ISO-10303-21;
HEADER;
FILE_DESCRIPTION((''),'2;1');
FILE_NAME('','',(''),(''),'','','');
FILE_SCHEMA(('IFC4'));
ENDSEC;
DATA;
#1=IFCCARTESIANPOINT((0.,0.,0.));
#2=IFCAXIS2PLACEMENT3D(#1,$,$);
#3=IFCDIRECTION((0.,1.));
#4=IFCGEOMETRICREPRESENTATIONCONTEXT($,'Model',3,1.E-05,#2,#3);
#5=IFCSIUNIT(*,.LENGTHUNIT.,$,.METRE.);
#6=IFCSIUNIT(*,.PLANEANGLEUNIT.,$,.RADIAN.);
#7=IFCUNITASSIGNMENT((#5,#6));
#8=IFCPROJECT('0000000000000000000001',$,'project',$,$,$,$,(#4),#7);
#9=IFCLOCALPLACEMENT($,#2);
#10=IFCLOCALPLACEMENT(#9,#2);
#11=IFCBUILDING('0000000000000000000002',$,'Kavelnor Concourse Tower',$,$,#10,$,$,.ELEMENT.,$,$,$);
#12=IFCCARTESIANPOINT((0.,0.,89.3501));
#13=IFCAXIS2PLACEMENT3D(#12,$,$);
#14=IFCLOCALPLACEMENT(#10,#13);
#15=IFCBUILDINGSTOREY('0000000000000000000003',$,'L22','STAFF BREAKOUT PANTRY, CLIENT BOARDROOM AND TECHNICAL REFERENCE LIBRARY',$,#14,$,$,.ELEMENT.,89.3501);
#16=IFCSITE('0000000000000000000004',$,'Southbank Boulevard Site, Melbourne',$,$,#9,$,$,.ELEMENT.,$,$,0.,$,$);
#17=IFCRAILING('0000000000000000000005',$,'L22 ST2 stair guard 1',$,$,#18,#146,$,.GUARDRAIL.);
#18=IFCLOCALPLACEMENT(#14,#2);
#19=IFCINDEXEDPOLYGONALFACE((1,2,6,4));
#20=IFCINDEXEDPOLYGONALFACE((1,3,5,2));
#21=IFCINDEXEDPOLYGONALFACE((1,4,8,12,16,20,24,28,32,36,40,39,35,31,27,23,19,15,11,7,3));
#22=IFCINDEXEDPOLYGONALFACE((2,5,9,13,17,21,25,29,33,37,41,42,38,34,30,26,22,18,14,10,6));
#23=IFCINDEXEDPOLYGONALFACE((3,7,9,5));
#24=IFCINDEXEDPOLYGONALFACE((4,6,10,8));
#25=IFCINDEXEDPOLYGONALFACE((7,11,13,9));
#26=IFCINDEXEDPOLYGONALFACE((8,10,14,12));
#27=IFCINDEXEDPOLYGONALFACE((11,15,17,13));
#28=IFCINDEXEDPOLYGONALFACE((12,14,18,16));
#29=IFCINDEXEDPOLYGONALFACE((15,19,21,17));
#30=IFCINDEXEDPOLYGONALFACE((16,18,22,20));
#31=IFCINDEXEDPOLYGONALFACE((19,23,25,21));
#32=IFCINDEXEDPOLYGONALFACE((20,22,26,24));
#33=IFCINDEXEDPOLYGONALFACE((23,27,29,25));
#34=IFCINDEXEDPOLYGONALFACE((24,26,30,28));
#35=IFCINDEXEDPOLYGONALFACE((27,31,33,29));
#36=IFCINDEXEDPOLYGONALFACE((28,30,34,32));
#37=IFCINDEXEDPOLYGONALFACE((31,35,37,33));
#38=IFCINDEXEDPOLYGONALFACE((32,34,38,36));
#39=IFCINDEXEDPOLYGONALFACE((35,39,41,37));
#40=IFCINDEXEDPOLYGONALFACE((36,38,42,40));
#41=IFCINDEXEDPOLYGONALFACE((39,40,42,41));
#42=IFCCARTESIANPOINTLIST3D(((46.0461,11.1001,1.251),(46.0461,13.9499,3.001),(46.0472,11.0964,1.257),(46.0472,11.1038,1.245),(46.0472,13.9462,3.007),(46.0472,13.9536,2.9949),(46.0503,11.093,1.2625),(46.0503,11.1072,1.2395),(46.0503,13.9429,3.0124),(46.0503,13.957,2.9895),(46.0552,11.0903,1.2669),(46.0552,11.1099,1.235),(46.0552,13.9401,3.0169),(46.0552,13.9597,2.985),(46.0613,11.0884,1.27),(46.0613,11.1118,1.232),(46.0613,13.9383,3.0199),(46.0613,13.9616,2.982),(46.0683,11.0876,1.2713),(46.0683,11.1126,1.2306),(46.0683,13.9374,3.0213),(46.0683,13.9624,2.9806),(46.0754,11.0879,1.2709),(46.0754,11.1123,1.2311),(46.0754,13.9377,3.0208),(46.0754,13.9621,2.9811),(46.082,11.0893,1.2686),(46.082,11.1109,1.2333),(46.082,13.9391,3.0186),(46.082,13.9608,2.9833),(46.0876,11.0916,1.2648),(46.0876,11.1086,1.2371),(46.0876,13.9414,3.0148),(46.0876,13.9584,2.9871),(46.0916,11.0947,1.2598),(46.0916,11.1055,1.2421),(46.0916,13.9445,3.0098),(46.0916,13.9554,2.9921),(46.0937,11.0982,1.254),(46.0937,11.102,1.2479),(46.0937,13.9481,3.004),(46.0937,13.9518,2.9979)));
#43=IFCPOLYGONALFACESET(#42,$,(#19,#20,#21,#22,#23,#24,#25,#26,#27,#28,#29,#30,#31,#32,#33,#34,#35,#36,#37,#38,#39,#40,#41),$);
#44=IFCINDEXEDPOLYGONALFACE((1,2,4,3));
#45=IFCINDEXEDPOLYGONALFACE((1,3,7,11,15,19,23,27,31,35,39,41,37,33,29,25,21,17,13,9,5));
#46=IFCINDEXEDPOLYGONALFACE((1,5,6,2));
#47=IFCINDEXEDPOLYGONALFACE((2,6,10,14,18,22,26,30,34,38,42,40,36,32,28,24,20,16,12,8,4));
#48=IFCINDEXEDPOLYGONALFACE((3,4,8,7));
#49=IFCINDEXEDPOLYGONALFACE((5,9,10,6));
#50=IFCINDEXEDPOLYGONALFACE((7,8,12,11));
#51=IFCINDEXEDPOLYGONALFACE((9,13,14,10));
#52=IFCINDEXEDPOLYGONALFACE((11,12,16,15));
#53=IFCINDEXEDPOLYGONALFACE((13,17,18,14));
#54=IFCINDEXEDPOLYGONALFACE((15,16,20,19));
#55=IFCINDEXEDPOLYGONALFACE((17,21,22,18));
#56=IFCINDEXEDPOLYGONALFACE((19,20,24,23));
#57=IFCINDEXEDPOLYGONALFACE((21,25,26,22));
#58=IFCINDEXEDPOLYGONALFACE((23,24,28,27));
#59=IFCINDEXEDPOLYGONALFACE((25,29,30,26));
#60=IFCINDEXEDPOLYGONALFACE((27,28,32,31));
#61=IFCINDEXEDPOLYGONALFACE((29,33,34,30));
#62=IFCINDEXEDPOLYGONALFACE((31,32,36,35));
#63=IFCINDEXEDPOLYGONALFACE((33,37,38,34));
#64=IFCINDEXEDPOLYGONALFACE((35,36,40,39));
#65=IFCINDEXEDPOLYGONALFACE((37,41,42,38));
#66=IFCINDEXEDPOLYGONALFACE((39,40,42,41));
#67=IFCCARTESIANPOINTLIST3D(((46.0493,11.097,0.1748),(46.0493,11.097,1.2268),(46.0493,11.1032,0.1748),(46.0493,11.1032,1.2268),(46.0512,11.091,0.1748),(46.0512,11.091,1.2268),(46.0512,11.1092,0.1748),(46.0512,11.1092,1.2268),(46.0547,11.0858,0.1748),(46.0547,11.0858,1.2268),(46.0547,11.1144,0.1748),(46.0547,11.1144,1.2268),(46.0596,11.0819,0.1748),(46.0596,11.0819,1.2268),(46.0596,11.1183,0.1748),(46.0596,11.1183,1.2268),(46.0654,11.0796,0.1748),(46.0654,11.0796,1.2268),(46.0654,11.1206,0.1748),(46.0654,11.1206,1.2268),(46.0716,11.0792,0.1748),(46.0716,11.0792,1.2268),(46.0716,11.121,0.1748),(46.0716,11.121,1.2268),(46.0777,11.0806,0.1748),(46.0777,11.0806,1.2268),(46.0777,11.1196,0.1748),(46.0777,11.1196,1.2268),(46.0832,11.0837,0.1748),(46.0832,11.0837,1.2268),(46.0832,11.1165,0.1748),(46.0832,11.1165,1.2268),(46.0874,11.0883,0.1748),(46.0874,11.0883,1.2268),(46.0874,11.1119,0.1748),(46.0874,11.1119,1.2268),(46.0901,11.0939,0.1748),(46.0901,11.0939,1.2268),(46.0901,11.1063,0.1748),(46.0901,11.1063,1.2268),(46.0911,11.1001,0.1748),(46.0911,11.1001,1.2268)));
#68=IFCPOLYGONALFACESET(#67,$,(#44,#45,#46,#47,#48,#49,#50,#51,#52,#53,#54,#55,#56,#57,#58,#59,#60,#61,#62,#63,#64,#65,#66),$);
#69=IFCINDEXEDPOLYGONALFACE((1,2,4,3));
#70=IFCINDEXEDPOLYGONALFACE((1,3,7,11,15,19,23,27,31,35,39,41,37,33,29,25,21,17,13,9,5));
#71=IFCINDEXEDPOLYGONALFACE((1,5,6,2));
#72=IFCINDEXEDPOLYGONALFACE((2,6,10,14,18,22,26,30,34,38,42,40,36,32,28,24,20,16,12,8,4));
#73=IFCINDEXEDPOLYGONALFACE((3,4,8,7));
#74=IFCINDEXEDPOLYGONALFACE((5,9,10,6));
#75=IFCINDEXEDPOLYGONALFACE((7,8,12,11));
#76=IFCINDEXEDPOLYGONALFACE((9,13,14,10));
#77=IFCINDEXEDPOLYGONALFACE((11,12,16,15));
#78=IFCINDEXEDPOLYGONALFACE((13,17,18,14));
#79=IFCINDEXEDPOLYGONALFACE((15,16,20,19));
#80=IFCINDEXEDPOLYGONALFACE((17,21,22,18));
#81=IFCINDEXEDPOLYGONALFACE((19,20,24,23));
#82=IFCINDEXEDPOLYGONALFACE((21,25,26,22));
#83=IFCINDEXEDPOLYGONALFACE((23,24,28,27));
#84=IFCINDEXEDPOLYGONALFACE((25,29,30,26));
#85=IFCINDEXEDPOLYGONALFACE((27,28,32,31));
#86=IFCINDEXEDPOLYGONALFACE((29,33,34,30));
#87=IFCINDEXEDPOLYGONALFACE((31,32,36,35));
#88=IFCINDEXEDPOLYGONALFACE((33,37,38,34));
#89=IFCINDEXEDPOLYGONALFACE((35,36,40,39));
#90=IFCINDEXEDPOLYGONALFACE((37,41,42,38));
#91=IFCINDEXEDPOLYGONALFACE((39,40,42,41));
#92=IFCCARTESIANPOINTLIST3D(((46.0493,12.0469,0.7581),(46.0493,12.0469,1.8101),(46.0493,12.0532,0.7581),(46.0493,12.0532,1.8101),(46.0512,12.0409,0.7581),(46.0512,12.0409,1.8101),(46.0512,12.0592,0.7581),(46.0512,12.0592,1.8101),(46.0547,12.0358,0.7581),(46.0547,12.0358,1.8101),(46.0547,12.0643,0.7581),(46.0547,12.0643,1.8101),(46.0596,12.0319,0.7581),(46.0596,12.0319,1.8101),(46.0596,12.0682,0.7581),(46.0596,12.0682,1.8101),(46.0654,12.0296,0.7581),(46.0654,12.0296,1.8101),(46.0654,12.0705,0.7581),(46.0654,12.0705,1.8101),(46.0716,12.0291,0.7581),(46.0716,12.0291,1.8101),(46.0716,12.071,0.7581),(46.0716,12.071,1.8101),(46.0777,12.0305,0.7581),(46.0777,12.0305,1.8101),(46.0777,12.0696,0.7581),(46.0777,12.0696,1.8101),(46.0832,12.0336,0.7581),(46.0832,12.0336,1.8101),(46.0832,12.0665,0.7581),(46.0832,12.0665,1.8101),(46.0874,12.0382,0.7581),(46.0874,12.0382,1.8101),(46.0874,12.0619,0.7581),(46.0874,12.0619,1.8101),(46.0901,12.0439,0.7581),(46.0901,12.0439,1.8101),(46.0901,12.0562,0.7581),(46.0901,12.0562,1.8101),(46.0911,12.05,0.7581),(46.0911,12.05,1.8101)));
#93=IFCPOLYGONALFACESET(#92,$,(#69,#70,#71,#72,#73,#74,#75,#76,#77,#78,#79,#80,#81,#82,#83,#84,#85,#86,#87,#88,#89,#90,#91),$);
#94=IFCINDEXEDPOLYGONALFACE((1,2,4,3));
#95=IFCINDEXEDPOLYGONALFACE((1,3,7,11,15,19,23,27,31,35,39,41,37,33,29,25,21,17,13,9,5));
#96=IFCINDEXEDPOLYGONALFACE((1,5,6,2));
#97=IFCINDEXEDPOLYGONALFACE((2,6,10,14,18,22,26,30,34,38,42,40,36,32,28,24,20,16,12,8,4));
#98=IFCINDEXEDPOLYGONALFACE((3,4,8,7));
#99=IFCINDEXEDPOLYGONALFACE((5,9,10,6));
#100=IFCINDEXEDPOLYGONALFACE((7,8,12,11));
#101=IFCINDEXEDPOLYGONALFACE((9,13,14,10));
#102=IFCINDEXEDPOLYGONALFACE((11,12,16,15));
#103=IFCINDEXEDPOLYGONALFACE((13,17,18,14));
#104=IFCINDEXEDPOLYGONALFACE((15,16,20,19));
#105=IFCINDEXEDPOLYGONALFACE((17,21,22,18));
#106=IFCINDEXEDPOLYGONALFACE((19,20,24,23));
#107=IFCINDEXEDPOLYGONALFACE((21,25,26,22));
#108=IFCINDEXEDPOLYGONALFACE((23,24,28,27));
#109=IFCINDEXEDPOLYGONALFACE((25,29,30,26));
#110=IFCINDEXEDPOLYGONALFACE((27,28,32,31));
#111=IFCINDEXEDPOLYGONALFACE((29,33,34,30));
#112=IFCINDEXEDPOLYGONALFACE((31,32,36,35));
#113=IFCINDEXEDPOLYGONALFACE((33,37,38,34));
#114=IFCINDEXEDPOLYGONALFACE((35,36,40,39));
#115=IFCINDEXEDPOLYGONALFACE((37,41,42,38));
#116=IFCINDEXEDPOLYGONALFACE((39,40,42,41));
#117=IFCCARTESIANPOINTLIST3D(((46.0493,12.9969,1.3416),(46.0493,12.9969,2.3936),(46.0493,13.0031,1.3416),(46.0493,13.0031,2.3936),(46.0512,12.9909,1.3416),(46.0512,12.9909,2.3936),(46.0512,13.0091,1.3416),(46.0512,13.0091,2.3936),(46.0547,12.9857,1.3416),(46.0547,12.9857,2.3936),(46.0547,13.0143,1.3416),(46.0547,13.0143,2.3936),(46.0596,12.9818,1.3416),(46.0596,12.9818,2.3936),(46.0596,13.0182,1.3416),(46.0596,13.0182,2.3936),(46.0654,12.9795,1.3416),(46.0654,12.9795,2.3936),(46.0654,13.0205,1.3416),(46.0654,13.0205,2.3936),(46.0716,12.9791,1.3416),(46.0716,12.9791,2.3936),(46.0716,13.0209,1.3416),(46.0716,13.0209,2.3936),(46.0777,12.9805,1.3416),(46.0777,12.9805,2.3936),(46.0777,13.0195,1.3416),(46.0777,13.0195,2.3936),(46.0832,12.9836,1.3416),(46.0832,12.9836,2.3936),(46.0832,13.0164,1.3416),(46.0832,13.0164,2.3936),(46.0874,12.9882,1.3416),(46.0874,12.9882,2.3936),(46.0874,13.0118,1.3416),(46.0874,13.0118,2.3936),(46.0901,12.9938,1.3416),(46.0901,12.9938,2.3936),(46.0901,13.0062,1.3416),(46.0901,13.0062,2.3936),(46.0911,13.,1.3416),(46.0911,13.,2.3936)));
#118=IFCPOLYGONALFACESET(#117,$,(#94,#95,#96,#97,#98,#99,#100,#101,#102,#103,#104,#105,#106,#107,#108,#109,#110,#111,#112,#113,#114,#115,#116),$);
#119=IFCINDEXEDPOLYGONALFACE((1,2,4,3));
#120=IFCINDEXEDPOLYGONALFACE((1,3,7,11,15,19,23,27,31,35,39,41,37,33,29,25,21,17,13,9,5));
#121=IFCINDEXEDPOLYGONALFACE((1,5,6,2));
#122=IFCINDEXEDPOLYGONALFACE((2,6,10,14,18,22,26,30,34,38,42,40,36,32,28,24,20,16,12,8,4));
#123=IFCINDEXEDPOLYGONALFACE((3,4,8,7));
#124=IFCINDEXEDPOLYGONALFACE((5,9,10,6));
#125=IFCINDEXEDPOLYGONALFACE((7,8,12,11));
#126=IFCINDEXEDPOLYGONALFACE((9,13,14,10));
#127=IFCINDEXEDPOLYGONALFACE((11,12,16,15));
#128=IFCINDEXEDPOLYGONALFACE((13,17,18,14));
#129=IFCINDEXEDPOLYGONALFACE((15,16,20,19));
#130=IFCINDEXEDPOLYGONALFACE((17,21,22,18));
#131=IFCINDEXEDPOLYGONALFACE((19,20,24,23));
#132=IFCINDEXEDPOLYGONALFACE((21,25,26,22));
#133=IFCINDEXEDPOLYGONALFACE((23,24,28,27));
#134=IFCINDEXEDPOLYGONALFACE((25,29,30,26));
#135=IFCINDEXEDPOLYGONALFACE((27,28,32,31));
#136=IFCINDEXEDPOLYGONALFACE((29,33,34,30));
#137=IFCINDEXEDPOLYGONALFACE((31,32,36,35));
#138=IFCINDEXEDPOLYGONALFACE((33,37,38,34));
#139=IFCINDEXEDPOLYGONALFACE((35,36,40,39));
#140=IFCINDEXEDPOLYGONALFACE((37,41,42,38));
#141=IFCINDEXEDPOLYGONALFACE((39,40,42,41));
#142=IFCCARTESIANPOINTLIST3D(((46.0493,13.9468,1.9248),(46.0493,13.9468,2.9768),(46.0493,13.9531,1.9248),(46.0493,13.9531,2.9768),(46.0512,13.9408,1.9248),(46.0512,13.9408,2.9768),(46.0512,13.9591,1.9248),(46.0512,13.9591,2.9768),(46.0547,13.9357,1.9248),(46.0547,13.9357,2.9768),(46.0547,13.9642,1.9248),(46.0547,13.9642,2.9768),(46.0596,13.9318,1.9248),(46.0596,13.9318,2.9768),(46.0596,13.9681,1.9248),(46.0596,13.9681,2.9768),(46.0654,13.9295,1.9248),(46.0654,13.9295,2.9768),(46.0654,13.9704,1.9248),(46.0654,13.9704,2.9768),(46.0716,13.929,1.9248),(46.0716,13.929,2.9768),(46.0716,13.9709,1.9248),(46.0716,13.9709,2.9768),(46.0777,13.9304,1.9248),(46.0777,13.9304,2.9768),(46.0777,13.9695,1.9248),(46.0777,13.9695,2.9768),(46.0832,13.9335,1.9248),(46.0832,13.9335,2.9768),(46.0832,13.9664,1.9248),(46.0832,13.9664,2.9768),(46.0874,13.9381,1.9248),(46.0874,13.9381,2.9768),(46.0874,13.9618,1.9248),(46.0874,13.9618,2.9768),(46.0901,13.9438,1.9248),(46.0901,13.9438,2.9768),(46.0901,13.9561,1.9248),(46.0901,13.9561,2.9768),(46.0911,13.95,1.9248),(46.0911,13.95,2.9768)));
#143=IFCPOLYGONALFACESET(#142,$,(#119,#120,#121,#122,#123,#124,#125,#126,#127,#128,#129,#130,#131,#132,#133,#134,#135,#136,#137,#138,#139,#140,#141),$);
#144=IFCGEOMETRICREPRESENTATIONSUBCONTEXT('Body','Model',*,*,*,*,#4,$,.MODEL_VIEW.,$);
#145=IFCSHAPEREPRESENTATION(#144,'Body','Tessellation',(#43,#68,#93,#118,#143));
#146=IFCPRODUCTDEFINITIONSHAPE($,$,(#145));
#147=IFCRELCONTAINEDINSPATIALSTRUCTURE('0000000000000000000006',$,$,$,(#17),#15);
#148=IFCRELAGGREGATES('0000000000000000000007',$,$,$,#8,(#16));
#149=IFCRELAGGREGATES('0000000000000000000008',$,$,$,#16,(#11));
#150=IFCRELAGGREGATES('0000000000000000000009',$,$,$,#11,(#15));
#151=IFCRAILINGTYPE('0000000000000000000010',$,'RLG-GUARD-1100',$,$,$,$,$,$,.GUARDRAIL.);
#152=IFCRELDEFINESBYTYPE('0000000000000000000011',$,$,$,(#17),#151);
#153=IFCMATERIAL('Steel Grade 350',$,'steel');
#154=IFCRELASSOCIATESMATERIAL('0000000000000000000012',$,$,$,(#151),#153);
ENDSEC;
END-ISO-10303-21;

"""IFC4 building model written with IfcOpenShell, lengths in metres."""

from ifc_helpers import new_model, si_unit, direction, frame, origin, origin_2d, place, context, subcontext, project, spatial, circle, extrude, material, type_object, element, save


model = new_model("IFC4")

# Units and contexts
model_context = context("Model", 3, precision=1e-05, world=origin(), true_north=direction((0.0, 1.0)))
body_context = subcontext(model_context, "Body", "Model", "MODEL_VIEW")
ifc_project = project(units=[si_unit("LENGTHUNIT", "METRE"), si_unit("PLANEANGLEUNIT", "RADIAN")], contexts=[model_context])

# Site, building, storey
site_placement = place(None, origin())
site = spatial("IfcSite", under=ifc_project, at=site_placement, Name="Southbank Boulevard Site, Melbourne", CompositionType="ELEMENT", RefElevation=0.0)
building_placement = place(site_placement, origin())
building = spatial("IfcBuilding", under=site, at=building_placement, Name="Kavelnor Concourse Tower", CompositionType="ELEMENT")
storey_placement = place(building_placement, frame((0.0, 0.0, 89.3501)))
storey = spatial("IfcBuildingStorey", under=building, at=storey_placement, Name="L22", Description="STAFF BREAKOUT PANTRY, CLIENT BOARDROOM AND TECHNICAL REFERENCE LIBRARY", CompositionType="ELEMENT", Elevation=89.3501)

# Shared definitions
ifc_material_1 = material(Name="Steel Grade 350", Category="steel")

# Railing
railing_type_1 = type_object("IfcRailingType", Name="RLG-GUARD-1100", PredefinedType="GUARDRAIL", material=ifc_material_1)
railing_1_placement = place(storey_placement, frame((46.0701, 11.1001, 0.1748)))
element("IfcRailing", 1, at=railing_1_placement, inside=storey, type_object=railing_type_1, Name="L22 ST2 stair guard 1", PredefinedType="GUARDRAIL", context=body_context, shape_type="SweptSolid", body=[
    extrude(circle(Radius=0.0239, at=origin_2d()), frame((0.0, 0.0, 1.0762), z_axis=(0.0, 0.852159, 0.523283), x_axis=(-1.0, 0.0, 0.0)), (0.0, 0.0, 1.0), 3.3442),
    extrude(circle(Radius=0.021, at=origin_2d()), origin(), (0.0, 0.0, 1.0), 1.052),
    extrude(circle(Radius=0.021, at=origin_2d()), frame((0.0, 0.95, 0.5833)), (0.0, 0.0, 1.0), 1.052),
    extrude(circle(Radius=0.021, at=origin_2d()), frame((0.0, 1.8999, 1.1667)), (0.0, 0.0, 1.0), 1.052),
    extrude(circle(Radius=0.021, at=origin_2d()), frame((0.0, 2.8499, 1.75)), (0.0, 0.0, 1.0), 1.052),
])

save(model, "model.ifc")
